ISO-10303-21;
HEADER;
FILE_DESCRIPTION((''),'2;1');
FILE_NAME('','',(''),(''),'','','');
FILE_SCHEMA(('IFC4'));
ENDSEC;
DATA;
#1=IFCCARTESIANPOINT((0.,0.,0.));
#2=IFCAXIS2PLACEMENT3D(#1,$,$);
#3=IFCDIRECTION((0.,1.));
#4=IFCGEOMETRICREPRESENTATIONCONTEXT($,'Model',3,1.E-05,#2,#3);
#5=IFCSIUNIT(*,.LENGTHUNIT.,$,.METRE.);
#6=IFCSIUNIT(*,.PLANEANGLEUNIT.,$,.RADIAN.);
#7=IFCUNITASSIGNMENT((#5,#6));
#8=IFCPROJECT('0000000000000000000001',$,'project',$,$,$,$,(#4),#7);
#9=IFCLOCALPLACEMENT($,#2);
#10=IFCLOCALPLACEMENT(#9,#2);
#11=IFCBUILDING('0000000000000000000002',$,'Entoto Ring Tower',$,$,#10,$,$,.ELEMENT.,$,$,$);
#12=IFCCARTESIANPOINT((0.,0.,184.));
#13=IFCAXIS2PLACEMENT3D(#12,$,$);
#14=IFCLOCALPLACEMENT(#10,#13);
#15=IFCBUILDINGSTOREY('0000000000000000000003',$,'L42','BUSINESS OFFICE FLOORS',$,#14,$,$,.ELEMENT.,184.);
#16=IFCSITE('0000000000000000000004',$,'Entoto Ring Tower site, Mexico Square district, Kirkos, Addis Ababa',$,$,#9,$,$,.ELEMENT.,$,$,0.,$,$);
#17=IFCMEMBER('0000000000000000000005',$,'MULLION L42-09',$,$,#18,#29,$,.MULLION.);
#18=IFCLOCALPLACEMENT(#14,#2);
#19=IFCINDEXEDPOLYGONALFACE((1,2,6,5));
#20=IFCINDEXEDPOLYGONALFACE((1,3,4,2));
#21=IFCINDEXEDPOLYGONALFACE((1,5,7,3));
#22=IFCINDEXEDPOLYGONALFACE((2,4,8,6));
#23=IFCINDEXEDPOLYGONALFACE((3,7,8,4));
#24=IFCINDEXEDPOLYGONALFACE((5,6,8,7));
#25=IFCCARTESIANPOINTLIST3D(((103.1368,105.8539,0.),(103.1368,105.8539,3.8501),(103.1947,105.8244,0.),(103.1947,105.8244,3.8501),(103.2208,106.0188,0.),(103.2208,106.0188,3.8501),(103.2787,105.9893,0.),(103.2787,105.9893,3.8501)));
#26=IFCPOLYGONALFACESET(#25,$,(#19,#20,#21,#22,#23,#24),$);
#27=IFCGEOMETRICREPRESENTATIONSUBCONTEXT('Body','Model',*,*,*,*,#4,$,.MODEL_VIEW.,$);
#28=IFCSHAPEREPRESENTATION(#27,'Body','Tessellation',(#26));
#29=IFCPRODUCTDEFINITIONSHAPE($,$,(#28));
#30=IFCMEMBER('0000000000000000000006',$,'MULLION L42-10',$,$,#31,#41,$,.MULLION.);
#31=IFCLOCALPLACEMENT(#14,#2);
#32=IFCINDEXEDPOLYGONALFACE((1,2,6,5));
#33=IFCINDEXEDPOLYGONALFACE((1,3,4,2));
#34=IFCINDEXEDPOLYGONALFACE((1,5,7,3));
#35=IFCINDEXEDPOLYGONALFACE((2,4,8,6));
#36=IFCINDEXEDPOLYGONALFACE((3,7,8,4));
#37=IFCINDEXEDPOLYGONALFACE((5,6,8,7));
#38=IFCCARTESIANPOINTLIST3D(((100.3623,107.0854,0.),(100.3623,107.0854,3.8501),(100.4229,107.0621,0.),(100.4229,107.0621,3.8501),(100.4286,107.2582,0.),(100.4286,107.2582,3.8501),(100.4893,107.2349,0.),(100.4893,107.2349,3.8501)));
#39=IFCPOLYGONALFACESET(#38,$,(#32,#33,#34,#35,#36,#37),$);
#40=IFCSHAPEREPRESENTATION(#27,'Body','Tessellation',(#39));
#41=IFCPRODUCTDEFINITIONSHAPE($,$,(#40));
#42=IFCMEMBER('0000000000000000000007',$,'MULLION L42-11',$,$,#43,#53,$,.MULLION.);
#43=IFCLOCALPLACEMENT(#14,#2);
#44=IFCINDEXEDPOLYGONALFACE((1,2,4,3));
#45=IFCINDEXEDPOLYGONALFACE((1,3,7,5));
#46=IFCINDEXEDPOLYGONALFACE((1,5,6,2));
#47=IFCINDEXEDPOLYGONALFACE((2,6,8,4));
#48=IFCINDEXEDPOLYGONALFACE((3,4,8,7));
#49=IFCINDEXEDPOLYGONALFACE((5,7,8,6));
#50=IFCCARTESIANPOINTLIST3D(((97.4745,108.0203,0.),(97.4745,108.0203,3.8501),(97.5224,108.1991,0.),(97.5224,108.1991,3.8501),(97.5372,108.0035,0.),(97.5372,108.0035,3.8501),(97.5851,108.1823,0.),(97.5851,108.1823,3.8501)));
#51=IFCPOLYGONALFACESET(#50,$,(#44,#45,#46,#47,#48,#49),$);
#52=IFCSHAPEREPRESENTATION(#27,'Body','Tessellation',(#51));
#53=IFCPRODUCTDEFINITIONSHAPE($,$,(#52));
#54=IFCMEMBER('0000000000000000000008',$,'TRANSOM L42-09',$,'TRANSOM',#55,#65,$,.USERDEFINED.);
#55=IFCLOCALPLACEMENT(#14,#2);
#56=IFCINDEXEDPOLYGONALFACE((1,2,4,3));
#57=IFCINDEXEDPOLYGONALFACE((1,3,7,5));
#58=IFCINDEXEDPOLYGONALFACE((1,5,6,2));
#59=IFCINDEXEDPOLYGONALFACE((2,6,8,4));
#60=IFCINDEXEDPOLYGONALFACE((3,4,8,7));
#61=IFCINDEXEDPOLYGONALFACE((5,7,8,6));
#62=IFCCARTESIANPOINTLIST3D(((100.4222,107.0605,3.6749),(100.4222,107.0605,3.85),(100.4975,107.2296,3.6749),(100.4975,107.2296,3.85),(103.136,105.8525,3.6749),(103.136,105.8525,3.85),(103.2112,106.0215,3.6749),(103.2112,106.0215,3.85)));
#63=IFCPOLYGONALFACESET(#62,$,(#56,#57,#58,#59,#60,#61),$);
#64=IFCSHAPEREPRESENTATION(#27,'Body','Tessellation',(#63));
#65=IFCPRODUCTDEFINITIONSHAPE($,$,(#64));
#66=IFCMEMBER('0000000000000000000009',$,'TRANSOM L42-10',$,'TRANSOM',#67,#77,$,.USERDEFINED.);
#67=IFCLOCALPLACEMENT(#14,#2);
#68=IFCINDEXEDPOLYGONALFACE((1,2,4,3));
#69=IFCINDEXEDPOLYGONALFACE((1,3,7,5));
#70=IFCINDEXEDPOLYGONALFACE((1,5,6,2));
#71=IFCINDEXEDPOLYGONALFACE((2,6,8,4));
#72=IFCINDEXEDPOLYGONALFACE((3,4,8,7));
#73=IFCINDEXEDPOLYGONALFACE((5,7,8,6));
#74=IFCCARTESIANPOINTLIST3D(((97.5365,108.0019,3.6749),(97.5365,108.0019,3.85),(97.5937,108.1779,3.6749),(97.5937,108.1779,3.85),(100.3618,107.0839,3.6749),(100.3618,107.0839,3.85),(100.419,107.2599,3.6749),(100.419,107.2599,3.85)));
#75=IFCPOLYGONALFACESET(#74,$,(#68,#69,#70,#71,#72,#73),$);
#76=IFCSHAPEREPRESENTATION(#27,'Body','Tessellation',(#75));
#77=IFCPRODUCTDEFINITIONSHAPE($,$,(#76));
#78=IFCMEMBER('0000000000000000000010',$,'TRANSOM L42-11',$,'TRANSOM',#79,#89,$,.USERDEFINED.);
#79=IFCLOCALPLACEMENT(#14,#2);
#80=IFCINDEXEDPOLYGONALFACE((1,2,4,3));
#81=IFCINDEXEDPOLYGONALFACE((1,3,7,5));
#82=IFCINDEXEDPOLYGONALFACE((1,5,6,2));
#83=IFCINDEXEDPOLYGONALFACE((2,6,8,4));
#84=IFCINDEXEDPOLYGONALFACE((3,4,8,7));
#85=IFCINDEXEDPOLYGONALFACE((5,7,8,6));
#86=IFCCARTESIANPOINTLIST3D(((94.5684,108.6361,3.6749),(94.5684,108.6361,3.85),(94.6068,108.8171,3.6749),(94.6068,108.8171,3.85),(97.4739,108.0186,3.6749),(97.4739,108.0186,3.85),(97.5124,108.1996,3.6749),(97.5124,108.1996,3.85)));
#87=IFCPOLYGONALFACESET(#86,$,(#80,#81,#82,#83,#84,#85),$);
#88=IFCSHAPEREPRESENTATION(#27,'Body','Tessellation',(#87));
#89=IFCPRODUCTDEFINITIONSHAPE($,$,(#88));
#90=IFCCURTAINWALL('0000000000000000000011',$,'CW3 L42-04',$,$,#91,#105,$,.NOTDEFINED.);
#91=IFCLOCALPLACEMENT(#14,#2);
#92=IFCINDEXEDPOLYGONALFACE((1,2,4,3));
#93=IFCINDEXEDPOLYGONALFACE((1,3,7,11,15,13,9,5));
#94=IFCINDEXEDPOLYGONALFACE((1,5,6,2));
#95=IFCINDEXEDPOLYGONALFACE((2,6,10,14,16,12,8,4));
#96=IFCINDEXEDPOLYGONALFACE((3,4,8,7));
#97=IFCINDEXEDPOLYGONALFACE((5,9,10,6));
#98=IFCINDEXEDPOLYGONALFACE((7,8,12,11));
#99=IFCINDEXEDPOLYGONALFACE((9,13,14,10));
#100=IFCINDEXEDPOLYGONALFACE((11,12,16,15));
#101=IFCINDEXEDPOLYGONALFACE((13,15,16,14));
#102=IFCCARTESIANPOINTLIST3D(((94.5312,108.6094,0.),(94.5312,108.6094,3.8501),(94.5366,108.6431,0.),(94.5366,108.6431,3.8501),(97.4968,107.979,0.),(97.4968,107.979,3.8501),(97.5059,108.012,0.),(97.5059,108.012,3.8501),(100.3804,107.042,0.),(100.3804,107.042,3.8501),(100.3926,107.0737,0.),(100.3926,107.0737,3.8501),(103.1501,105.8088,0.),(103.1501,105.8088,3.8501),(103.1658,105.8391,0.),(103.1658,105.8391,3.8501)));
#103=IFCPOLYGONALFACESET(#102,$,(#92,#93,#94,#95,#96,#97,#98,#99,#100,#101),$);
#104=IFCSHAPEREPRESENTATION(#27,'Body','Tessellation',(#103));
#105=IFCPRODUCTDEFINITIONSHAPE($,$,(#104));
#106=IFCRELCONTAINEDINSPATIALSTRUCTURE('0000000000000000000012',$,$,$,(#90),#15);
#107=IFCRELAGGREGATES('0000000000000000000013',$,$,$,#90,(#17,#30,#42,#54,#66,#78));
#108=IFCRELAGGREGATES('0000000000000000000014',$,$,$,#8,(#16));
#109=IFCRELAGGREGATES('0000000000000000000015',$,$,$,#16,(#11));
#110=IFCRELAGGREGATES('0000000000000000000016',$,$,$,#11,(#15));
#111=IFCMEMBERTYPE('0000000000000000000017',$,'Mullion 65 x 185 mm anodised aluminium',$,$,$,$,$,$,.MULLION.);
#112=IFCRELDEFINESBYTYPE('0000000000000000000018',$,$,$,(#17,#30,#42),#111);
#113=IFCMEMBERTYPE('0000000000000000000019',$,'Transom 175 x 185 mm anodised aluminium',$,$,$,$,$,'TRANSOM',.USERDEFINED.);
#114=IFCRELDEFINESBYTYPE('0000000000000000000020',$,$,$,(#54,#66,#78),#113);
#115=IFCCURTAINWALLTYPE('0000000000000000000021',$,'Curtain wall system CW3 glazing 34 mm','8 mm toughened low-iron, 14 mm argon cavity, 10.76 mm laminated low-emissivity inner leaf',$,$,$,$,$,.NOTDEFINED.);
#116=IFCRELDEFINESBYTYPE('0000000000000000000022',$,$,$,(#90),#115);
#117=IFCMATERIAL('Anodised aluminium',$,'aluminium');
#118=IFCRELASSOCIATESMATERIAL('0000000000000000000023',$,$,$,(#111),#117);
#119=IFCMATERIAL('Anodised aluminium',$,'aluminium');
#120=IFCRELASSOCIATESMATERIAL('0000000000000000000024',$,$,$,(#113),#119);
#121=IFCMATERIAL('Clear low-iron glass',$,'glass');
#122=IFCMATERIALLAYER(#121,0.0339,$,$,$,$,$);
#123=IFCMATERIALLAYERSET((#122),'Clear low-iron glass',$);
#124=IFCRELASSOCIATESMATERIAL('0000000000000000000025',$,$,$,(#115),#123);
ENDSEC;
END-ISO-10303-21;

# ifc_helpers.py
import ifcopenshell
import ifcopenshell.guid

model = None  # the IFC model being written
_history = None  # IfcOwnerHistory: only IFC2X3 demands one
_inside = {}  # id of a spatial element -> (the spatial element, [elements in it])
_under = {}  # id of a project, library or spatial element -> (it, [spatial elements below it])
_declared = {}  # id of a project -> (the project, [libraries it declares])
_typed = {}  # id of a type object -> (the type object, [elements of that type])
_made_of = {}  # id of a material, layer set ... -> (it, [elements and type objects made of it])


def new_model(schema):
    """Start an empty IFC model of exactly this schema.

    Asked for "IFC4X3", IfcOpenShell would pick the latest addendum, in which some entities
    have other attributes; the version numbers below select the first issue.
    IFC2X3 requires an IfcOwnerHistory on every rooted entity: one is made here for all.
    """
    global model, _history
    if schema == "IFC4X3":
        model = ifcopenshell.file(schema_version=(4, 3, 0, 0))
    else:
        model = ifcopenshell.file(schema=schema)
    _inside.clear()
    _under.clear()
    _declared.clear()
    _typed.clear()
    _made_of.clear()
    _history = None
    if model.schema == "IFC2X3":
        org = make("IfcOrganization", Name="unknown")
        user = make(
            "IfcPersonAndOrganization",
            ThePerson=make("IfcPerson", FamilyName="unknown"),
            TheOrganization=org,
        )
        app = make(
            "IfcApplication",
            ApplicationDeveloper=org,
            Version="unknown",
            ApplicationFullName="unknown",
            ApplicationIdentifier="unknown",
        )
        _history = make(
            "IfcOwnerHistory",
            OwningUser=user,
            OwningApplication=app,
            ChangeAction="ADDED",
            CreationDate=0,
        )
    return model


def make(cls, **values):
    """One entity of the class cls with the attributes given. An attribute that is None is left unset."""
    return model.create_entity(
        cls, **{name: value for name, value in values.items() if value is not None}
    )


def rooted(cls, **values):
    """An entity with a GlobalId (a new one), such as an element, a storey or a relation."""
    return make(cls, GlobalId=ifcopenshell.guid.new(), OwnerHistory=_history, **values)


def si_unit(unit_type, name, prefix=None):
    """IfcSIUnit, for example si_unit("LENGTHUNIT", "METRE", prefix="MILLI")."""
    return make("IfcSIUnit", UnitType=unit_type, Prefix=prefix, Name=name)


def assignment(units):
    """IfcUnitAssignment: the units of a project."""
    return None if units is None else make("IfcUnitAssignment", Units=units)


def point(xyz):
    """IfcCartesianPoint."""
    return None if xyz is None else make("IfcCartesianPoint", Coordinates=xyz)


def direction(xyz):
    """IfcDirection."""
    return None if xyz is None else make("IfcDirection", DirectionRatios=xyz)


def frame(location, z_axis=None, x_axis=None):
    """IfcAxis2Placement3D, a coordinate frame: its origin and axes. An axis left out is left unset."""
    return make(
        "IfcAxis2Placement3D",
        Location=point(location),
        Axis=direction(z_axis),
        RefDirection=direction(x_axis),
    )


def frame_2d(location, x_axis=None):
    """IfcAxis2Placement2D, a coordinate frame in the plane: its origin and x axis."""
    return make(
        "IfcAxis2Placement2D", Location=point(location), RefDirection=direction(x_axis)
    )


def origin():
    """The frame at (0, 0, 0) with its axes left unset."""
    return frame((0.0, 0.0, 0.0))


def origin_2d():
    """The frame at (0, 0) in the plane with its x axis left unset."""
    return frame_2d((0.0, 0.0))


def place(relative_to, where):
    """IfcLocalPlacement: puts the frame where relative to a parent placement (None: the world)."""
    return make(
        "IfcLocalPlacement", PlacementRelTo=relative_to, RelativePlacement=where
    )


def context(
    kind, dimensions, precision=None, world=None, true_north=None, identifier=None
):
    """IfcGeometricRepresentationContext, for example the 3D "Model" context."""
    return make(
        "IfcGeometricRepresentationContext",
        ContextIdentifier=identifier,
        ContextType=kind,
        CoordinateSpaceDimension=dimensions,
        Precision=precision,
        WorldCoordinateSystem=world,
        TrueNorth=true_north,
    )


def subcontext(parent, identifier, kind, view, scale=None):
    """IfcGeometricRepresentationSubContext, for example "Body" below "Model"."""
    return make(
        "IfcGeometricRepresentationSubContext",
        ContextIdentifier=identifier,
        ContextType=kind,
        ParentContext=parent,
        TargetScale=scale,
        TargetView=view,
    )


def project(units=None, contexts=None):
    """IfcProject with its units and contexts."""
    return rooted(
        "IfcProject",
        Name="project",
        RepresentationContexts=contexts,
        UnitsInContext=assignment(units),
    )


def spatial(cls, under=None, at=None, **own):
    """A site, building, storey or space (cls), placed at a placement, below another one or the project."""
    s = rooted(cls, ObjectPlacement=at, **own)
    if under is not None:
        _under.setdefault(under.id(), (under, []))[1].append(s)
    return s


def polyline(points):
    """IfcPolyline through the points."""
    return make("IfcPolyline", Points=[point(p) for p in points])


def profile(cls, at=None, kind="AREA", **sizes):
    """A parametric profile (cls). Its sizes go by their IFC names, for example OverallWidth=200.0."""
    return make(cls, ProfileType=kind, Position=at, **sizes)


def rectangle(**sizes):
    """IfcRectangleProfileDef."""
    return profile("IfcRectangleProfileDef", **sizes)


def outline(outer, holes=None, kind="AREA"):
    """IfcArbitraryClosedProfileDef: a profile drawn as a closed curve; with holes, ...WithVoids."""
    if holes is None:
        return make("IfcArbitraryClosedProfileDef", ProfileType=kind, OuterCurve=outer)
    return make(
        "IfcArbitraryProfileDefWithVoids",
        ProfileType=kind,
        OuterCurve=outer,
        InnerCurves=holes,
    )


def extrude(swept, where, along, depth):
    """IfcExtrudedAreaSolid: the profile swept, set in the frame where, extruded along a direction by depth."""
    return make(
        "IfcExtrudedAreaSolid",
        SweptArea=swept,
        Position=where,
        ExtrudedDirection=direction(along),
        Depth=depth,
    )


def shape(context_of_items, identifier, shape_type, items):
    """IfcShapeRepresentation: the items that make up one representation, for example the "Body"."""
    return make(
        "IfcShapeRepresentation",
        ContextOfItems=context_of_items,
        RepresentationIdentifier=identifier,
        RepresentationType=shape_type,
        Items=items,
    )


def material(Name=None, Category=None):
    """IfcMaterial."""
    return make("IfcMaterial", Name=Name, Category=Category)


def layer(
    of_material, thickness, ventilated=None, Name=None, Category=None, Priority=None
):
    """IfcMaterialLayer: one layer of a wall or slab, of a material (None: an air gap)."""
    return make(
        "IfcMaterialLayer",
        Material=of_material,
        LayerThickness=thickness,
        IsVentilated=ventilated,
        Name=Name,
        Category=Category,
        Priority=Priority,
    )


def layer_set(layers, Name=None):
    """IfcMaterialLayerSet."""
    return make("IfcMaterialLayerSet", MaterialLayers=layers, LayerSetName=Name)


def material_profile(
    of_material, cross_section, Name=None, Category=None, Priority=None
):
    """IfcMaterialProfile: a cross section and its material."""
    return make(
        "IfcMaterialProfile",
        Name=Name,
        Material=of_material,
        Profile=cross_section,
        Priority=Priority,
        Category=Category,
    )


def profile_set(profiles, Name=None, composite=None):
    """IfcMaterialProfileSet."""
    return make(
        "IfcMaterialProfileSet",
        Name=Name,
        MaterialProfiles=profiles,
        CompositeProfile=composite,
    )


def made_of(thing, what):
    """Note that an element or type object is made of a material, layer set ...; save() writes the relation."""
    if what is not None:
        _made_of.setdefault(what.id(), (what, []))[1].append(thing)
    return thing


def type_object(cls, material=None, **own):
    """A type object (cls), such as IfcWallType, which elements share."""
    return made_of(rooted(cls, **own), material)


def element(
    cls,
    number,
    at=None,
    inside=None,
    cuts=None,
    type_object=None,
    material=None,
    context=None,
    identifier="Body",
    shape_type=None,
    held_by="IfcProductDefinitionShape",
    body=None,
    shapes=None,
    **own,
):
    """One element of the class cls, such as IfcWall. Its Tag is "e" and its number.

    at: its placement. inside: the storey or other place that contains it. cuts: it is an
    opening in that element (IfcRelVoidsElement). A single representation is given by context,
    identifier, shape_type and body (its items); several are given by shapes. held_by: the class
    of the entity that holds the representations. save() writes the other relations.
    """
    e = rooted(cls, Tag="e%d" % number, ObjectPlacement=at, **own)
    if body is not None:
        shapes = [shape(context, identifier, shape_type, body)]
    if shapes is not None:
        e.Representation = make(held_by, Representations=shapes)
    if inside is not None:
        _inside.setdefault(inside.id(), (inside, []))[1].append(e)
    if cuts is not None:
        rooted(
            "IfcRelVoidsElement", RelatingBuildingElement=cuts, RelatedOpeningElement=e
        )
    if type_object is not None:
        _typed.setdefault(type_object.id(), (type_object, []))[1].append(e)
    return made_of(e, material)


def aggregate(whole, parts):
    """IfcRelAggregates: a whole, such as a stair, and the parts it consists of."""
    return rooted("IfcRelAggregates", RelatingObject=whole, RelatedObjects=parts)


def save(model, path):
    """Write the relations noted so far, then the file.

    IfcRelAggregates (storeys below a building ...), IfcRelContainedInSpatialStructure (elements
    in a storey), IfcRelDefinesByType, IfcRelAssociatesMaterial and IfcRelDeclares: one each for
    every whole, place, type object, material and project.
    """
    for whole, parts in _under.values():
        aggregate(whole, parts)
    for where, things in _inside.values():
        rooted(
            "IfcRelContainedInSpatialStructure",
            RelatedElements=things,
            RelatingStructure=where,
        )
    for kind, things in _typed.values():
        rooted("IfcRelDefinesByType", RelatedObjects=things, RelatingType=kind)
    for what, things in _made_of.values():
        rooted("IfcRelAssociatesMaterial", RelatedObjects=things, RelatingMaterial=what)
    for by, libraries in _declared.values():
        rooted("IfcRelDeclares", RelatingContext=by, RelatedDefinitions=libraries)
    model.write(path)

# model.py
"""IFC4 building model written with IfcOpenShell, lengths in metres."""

from ifc_helpers import new_model, si_unit, direction, frame, origin, origin_2d, place, context, subcontext, project, spatial, polyline, rectangle, outline, extrude, material, layer, layer_set, material_profile, profile_set, type_object, element, aggregate, save


model = new_model("IFC4")

# Units and contexts
model_context = context("Model", 3, precision=1e-05, world=origin(), true_north=direction((0.0, 1.0)))
body_context = subcontext(model_context, "Body", "Model", "MODEL_VIEW")
ifc_project = project(units=[si_unit("LENGTHUNIT", "METRE"), si_unit("PLANEANGLEUNIT", "RADIAN")], contexts=[model_context])

# Members
ifc_material_1 = material(Name="Anodised aluminium", Category="aluminium")
ifc_material_profile_1 = material_profile(ifc_material_1, rectangle(XDim=0.0649, YDim=0.1851, at=origin_2d()), Name="Mullion 65 x 185 mm anodised aluminium")
ifc_profile_set_1 = profile_set([ifc_material_profile_1], Name="Anodised aluminium")
member_type_1 = type_object("IfcMemberType", Name="Mullion 65 x 185 mm anodised aluminium", PredefinedType="MULLION", material=ifc_profile_set_1)
site_placement = place(None, origin())
building_placement = place(site_placement, origin())
storey_placement = place(building_placement, frame((0.0, 0.0, 184.0)))
member_1_placement = place(storey_placement, frame((103.2078, 105.9216, 0.0), z_axis=(0.0, 0.0, 1.0), x_axis=(-0.891007, 0.45399, 0.0)))
member_1 = element("IfcMember", 1, at=member_1_placement, type_object=member_type_1, Name="MULLION L42-09", PredefinedType="MULLION", context=body_context, shape_type="SweptSolid", body=[
    extrude(rectangle(XDim=0.0649, YDim=0.1851, at=origin_2d()), origin(), (0.0, 0.0, 1.0), 3.8501),
])
member_2_placement = place(storey_placement, frame((100.4258, 107.1602, 0.0), z_axis=(0.0, 0.0, 1.0), x_axis=(-0.93358, 0.358368, 0.0)))
member_2 = element("IfcMember", 2, at=member_2_placement, type_object=member_type_1, Name="MULLION L42-10", PredefinedType="MULLION", context=body_context, shape_type="SweptSolid", body=[
    extrude(rectangle(XDim=0.0649, YDim=0.1851, at=origin_2d()), origin(), (0.0, 0.0, 1.0), 3.8501),
])
member_3_placement = place(storey_placement, frame((97.5298, 108.1013, 0.0), z_axis=(0.0, 0.0, 1.0), x_axis=(-0.965926, 0.258819, 0.0)))
member_3 = element("IfcMember", 3, at=member_3_placement, type_object=member_type_1, Name="MULLION L42-11", PredefinedType="MULLION", context=body_context, shape_type="SweptSolid", body=[
    extrude(rectangle(XDim=0.0649, YDim=0.1851, at=origin_2d()), origin(), (0.0, 0.0, 1.0), 3.8501),
])
ifc_material_2 = material(Name="Anodised aluminium", Category="aluminium")
ifc_material_profile_2 = material_profile(ifc_material_2, rectangle(XDim=0.1851, YDim=0.175, at=origin_2d()), Name="Transom 175 x 185 mm anodised aluminium")
ifc_profile_set_2 = profile_set([ifc_material_profile_2], Name="Anodised aluminium")
member_type_2 = type_object("IfcMemberType", Name="Transom 175 x 185 mm anodised aluminium", ElementType="TRANSOM", PredefinedType="USERDEFINED", material=ifc_profile_set_2)
member_4_placement = place(storey_placement, frame((103.1736, 105.937, 3.7625), z_axis=(-0.913567, 0.406687, 0.0), x_axis=(-0.406687, -0.913567, 0.0)))
member_4 = element("IfcMember", 4, at=member_4_placement, type_object=member_type_2, Name="TRANSOM L42-09", ObjectType="TRANSOM", PredefinedType="USERDEFINED", context=body_context, shape_type="SweptSolid", body=[
    extrude(rectangle(XDim=0.1851, YDim=0.175, at=origin_2d()), origin(), (0.0, 0.0, 1.0), 2.9705),
])
member_5_placement = place(storey_placement, frame((100.3904, 107.1719, 3.7625), z_axis=(-0.951056, 0.309019, 0.0), x_axis=(-0.309019, -0.951056, 0.0)))
member_5 = element("IfcMember", 5, at=member_5_placement, type_object=member_type_2, Name="TRANSOM L42-10", ObjectType="TRANSOM", PredefinedType="USERDEFINED", context=body_context, shape_type="SweptSolid", body=[
    extrude(rectangle(XDim=0.1851, YDim=0.175, at=origin_2d()), origin(), (0.0, 0.0, 1.0), 2.9707),
])
member_6_placement = place(storey_placement, frame((97.4932, 108.1091, 3.7625), z_axis=(-0.978158, 0.207862, 0.0), x_axis=(-0.207862, -0.978158, 0.0)))
member_6 = element("IfcMember", 6, at=member_6_placement, type_object=member_type_2, Name="TRANSOM L42-11", ObjectType="TRANSOM", PredefinedType="USERDEFINED", context=body_context, shape_type="SweptSolid", body=[
    extrude(rectangle(XDim=0.1851, YDim=0.175, at=origin_2d()), origin(), (0.0, 0.0, 1.0), 2.9705),
])

# Site, building, storey
site = spatial("IfcSite", under=ifc_project, at=site_placement, Name="Entoto Ring Tower site, Mexico Square district, Kirkos, Addis Ababa", CompositionType="ELEMENT", RefElevation=0.0)
building = spatial("IfcBuilding", under=site, at=building_placement, Name="Entoto Ring Tower", CompositionType="ELEMENT")
storey = spatial("IfcBuildingStorey", under=building, at=storey_placement, Name="L42", Description="BUSINESS OFFICE FLOORS", CompositionType="ELEMENT", Elevation=184.0)

# Curtain wall
ifc_material_3 = material(Name="Clear low-iron glass", Category="glass")
ifc_layer = layer(ifc_material_3, 0.0339)
ifc_layer_set = layer_set([ifc_layer], Name="Clear low-iron glass")
curtain_wall_type = type_object("IfcCurtainWallType", Name="Curtain wall system CW3 glazing 34 mm", Description="8 mm toughened low-iron, 14 mm argon cavity, 10.76 mm laminated low-emissivity inner leaf", PredefinedType="NOTDEFINED", material=ifc_layer_set)
curtain_wall_1_placement = place(storey_placement, origin())
curtain_wall_1 = element("IfcCurtainWall", 7, at=curtain_wall_1_placement, inside=storey, type_object=curtain_wall_type, Name="CW3 L42-04", PredefinedType="NOTDEFINED", context=body_context, shape_type="SweptSolid", body=[
    extrude(outline(polyline([(103.1658, 105.8391), (100.3926, 107.0737), (97.5059, 108.012), (94.5366, 108.6431), (94.5312, 108.6094), (97.4968, 107.979), (100.3804, 107.042), (103.1501, 105.8088), (103.1658, 105.8391)])), origin(), (0.0, 0.0, 1.0), 3.8501),
])
aggregate(curtain_wall_1, [member_1, member_2, member_3, member_4, member_5, member_6])

save(model, "model.ifc")
